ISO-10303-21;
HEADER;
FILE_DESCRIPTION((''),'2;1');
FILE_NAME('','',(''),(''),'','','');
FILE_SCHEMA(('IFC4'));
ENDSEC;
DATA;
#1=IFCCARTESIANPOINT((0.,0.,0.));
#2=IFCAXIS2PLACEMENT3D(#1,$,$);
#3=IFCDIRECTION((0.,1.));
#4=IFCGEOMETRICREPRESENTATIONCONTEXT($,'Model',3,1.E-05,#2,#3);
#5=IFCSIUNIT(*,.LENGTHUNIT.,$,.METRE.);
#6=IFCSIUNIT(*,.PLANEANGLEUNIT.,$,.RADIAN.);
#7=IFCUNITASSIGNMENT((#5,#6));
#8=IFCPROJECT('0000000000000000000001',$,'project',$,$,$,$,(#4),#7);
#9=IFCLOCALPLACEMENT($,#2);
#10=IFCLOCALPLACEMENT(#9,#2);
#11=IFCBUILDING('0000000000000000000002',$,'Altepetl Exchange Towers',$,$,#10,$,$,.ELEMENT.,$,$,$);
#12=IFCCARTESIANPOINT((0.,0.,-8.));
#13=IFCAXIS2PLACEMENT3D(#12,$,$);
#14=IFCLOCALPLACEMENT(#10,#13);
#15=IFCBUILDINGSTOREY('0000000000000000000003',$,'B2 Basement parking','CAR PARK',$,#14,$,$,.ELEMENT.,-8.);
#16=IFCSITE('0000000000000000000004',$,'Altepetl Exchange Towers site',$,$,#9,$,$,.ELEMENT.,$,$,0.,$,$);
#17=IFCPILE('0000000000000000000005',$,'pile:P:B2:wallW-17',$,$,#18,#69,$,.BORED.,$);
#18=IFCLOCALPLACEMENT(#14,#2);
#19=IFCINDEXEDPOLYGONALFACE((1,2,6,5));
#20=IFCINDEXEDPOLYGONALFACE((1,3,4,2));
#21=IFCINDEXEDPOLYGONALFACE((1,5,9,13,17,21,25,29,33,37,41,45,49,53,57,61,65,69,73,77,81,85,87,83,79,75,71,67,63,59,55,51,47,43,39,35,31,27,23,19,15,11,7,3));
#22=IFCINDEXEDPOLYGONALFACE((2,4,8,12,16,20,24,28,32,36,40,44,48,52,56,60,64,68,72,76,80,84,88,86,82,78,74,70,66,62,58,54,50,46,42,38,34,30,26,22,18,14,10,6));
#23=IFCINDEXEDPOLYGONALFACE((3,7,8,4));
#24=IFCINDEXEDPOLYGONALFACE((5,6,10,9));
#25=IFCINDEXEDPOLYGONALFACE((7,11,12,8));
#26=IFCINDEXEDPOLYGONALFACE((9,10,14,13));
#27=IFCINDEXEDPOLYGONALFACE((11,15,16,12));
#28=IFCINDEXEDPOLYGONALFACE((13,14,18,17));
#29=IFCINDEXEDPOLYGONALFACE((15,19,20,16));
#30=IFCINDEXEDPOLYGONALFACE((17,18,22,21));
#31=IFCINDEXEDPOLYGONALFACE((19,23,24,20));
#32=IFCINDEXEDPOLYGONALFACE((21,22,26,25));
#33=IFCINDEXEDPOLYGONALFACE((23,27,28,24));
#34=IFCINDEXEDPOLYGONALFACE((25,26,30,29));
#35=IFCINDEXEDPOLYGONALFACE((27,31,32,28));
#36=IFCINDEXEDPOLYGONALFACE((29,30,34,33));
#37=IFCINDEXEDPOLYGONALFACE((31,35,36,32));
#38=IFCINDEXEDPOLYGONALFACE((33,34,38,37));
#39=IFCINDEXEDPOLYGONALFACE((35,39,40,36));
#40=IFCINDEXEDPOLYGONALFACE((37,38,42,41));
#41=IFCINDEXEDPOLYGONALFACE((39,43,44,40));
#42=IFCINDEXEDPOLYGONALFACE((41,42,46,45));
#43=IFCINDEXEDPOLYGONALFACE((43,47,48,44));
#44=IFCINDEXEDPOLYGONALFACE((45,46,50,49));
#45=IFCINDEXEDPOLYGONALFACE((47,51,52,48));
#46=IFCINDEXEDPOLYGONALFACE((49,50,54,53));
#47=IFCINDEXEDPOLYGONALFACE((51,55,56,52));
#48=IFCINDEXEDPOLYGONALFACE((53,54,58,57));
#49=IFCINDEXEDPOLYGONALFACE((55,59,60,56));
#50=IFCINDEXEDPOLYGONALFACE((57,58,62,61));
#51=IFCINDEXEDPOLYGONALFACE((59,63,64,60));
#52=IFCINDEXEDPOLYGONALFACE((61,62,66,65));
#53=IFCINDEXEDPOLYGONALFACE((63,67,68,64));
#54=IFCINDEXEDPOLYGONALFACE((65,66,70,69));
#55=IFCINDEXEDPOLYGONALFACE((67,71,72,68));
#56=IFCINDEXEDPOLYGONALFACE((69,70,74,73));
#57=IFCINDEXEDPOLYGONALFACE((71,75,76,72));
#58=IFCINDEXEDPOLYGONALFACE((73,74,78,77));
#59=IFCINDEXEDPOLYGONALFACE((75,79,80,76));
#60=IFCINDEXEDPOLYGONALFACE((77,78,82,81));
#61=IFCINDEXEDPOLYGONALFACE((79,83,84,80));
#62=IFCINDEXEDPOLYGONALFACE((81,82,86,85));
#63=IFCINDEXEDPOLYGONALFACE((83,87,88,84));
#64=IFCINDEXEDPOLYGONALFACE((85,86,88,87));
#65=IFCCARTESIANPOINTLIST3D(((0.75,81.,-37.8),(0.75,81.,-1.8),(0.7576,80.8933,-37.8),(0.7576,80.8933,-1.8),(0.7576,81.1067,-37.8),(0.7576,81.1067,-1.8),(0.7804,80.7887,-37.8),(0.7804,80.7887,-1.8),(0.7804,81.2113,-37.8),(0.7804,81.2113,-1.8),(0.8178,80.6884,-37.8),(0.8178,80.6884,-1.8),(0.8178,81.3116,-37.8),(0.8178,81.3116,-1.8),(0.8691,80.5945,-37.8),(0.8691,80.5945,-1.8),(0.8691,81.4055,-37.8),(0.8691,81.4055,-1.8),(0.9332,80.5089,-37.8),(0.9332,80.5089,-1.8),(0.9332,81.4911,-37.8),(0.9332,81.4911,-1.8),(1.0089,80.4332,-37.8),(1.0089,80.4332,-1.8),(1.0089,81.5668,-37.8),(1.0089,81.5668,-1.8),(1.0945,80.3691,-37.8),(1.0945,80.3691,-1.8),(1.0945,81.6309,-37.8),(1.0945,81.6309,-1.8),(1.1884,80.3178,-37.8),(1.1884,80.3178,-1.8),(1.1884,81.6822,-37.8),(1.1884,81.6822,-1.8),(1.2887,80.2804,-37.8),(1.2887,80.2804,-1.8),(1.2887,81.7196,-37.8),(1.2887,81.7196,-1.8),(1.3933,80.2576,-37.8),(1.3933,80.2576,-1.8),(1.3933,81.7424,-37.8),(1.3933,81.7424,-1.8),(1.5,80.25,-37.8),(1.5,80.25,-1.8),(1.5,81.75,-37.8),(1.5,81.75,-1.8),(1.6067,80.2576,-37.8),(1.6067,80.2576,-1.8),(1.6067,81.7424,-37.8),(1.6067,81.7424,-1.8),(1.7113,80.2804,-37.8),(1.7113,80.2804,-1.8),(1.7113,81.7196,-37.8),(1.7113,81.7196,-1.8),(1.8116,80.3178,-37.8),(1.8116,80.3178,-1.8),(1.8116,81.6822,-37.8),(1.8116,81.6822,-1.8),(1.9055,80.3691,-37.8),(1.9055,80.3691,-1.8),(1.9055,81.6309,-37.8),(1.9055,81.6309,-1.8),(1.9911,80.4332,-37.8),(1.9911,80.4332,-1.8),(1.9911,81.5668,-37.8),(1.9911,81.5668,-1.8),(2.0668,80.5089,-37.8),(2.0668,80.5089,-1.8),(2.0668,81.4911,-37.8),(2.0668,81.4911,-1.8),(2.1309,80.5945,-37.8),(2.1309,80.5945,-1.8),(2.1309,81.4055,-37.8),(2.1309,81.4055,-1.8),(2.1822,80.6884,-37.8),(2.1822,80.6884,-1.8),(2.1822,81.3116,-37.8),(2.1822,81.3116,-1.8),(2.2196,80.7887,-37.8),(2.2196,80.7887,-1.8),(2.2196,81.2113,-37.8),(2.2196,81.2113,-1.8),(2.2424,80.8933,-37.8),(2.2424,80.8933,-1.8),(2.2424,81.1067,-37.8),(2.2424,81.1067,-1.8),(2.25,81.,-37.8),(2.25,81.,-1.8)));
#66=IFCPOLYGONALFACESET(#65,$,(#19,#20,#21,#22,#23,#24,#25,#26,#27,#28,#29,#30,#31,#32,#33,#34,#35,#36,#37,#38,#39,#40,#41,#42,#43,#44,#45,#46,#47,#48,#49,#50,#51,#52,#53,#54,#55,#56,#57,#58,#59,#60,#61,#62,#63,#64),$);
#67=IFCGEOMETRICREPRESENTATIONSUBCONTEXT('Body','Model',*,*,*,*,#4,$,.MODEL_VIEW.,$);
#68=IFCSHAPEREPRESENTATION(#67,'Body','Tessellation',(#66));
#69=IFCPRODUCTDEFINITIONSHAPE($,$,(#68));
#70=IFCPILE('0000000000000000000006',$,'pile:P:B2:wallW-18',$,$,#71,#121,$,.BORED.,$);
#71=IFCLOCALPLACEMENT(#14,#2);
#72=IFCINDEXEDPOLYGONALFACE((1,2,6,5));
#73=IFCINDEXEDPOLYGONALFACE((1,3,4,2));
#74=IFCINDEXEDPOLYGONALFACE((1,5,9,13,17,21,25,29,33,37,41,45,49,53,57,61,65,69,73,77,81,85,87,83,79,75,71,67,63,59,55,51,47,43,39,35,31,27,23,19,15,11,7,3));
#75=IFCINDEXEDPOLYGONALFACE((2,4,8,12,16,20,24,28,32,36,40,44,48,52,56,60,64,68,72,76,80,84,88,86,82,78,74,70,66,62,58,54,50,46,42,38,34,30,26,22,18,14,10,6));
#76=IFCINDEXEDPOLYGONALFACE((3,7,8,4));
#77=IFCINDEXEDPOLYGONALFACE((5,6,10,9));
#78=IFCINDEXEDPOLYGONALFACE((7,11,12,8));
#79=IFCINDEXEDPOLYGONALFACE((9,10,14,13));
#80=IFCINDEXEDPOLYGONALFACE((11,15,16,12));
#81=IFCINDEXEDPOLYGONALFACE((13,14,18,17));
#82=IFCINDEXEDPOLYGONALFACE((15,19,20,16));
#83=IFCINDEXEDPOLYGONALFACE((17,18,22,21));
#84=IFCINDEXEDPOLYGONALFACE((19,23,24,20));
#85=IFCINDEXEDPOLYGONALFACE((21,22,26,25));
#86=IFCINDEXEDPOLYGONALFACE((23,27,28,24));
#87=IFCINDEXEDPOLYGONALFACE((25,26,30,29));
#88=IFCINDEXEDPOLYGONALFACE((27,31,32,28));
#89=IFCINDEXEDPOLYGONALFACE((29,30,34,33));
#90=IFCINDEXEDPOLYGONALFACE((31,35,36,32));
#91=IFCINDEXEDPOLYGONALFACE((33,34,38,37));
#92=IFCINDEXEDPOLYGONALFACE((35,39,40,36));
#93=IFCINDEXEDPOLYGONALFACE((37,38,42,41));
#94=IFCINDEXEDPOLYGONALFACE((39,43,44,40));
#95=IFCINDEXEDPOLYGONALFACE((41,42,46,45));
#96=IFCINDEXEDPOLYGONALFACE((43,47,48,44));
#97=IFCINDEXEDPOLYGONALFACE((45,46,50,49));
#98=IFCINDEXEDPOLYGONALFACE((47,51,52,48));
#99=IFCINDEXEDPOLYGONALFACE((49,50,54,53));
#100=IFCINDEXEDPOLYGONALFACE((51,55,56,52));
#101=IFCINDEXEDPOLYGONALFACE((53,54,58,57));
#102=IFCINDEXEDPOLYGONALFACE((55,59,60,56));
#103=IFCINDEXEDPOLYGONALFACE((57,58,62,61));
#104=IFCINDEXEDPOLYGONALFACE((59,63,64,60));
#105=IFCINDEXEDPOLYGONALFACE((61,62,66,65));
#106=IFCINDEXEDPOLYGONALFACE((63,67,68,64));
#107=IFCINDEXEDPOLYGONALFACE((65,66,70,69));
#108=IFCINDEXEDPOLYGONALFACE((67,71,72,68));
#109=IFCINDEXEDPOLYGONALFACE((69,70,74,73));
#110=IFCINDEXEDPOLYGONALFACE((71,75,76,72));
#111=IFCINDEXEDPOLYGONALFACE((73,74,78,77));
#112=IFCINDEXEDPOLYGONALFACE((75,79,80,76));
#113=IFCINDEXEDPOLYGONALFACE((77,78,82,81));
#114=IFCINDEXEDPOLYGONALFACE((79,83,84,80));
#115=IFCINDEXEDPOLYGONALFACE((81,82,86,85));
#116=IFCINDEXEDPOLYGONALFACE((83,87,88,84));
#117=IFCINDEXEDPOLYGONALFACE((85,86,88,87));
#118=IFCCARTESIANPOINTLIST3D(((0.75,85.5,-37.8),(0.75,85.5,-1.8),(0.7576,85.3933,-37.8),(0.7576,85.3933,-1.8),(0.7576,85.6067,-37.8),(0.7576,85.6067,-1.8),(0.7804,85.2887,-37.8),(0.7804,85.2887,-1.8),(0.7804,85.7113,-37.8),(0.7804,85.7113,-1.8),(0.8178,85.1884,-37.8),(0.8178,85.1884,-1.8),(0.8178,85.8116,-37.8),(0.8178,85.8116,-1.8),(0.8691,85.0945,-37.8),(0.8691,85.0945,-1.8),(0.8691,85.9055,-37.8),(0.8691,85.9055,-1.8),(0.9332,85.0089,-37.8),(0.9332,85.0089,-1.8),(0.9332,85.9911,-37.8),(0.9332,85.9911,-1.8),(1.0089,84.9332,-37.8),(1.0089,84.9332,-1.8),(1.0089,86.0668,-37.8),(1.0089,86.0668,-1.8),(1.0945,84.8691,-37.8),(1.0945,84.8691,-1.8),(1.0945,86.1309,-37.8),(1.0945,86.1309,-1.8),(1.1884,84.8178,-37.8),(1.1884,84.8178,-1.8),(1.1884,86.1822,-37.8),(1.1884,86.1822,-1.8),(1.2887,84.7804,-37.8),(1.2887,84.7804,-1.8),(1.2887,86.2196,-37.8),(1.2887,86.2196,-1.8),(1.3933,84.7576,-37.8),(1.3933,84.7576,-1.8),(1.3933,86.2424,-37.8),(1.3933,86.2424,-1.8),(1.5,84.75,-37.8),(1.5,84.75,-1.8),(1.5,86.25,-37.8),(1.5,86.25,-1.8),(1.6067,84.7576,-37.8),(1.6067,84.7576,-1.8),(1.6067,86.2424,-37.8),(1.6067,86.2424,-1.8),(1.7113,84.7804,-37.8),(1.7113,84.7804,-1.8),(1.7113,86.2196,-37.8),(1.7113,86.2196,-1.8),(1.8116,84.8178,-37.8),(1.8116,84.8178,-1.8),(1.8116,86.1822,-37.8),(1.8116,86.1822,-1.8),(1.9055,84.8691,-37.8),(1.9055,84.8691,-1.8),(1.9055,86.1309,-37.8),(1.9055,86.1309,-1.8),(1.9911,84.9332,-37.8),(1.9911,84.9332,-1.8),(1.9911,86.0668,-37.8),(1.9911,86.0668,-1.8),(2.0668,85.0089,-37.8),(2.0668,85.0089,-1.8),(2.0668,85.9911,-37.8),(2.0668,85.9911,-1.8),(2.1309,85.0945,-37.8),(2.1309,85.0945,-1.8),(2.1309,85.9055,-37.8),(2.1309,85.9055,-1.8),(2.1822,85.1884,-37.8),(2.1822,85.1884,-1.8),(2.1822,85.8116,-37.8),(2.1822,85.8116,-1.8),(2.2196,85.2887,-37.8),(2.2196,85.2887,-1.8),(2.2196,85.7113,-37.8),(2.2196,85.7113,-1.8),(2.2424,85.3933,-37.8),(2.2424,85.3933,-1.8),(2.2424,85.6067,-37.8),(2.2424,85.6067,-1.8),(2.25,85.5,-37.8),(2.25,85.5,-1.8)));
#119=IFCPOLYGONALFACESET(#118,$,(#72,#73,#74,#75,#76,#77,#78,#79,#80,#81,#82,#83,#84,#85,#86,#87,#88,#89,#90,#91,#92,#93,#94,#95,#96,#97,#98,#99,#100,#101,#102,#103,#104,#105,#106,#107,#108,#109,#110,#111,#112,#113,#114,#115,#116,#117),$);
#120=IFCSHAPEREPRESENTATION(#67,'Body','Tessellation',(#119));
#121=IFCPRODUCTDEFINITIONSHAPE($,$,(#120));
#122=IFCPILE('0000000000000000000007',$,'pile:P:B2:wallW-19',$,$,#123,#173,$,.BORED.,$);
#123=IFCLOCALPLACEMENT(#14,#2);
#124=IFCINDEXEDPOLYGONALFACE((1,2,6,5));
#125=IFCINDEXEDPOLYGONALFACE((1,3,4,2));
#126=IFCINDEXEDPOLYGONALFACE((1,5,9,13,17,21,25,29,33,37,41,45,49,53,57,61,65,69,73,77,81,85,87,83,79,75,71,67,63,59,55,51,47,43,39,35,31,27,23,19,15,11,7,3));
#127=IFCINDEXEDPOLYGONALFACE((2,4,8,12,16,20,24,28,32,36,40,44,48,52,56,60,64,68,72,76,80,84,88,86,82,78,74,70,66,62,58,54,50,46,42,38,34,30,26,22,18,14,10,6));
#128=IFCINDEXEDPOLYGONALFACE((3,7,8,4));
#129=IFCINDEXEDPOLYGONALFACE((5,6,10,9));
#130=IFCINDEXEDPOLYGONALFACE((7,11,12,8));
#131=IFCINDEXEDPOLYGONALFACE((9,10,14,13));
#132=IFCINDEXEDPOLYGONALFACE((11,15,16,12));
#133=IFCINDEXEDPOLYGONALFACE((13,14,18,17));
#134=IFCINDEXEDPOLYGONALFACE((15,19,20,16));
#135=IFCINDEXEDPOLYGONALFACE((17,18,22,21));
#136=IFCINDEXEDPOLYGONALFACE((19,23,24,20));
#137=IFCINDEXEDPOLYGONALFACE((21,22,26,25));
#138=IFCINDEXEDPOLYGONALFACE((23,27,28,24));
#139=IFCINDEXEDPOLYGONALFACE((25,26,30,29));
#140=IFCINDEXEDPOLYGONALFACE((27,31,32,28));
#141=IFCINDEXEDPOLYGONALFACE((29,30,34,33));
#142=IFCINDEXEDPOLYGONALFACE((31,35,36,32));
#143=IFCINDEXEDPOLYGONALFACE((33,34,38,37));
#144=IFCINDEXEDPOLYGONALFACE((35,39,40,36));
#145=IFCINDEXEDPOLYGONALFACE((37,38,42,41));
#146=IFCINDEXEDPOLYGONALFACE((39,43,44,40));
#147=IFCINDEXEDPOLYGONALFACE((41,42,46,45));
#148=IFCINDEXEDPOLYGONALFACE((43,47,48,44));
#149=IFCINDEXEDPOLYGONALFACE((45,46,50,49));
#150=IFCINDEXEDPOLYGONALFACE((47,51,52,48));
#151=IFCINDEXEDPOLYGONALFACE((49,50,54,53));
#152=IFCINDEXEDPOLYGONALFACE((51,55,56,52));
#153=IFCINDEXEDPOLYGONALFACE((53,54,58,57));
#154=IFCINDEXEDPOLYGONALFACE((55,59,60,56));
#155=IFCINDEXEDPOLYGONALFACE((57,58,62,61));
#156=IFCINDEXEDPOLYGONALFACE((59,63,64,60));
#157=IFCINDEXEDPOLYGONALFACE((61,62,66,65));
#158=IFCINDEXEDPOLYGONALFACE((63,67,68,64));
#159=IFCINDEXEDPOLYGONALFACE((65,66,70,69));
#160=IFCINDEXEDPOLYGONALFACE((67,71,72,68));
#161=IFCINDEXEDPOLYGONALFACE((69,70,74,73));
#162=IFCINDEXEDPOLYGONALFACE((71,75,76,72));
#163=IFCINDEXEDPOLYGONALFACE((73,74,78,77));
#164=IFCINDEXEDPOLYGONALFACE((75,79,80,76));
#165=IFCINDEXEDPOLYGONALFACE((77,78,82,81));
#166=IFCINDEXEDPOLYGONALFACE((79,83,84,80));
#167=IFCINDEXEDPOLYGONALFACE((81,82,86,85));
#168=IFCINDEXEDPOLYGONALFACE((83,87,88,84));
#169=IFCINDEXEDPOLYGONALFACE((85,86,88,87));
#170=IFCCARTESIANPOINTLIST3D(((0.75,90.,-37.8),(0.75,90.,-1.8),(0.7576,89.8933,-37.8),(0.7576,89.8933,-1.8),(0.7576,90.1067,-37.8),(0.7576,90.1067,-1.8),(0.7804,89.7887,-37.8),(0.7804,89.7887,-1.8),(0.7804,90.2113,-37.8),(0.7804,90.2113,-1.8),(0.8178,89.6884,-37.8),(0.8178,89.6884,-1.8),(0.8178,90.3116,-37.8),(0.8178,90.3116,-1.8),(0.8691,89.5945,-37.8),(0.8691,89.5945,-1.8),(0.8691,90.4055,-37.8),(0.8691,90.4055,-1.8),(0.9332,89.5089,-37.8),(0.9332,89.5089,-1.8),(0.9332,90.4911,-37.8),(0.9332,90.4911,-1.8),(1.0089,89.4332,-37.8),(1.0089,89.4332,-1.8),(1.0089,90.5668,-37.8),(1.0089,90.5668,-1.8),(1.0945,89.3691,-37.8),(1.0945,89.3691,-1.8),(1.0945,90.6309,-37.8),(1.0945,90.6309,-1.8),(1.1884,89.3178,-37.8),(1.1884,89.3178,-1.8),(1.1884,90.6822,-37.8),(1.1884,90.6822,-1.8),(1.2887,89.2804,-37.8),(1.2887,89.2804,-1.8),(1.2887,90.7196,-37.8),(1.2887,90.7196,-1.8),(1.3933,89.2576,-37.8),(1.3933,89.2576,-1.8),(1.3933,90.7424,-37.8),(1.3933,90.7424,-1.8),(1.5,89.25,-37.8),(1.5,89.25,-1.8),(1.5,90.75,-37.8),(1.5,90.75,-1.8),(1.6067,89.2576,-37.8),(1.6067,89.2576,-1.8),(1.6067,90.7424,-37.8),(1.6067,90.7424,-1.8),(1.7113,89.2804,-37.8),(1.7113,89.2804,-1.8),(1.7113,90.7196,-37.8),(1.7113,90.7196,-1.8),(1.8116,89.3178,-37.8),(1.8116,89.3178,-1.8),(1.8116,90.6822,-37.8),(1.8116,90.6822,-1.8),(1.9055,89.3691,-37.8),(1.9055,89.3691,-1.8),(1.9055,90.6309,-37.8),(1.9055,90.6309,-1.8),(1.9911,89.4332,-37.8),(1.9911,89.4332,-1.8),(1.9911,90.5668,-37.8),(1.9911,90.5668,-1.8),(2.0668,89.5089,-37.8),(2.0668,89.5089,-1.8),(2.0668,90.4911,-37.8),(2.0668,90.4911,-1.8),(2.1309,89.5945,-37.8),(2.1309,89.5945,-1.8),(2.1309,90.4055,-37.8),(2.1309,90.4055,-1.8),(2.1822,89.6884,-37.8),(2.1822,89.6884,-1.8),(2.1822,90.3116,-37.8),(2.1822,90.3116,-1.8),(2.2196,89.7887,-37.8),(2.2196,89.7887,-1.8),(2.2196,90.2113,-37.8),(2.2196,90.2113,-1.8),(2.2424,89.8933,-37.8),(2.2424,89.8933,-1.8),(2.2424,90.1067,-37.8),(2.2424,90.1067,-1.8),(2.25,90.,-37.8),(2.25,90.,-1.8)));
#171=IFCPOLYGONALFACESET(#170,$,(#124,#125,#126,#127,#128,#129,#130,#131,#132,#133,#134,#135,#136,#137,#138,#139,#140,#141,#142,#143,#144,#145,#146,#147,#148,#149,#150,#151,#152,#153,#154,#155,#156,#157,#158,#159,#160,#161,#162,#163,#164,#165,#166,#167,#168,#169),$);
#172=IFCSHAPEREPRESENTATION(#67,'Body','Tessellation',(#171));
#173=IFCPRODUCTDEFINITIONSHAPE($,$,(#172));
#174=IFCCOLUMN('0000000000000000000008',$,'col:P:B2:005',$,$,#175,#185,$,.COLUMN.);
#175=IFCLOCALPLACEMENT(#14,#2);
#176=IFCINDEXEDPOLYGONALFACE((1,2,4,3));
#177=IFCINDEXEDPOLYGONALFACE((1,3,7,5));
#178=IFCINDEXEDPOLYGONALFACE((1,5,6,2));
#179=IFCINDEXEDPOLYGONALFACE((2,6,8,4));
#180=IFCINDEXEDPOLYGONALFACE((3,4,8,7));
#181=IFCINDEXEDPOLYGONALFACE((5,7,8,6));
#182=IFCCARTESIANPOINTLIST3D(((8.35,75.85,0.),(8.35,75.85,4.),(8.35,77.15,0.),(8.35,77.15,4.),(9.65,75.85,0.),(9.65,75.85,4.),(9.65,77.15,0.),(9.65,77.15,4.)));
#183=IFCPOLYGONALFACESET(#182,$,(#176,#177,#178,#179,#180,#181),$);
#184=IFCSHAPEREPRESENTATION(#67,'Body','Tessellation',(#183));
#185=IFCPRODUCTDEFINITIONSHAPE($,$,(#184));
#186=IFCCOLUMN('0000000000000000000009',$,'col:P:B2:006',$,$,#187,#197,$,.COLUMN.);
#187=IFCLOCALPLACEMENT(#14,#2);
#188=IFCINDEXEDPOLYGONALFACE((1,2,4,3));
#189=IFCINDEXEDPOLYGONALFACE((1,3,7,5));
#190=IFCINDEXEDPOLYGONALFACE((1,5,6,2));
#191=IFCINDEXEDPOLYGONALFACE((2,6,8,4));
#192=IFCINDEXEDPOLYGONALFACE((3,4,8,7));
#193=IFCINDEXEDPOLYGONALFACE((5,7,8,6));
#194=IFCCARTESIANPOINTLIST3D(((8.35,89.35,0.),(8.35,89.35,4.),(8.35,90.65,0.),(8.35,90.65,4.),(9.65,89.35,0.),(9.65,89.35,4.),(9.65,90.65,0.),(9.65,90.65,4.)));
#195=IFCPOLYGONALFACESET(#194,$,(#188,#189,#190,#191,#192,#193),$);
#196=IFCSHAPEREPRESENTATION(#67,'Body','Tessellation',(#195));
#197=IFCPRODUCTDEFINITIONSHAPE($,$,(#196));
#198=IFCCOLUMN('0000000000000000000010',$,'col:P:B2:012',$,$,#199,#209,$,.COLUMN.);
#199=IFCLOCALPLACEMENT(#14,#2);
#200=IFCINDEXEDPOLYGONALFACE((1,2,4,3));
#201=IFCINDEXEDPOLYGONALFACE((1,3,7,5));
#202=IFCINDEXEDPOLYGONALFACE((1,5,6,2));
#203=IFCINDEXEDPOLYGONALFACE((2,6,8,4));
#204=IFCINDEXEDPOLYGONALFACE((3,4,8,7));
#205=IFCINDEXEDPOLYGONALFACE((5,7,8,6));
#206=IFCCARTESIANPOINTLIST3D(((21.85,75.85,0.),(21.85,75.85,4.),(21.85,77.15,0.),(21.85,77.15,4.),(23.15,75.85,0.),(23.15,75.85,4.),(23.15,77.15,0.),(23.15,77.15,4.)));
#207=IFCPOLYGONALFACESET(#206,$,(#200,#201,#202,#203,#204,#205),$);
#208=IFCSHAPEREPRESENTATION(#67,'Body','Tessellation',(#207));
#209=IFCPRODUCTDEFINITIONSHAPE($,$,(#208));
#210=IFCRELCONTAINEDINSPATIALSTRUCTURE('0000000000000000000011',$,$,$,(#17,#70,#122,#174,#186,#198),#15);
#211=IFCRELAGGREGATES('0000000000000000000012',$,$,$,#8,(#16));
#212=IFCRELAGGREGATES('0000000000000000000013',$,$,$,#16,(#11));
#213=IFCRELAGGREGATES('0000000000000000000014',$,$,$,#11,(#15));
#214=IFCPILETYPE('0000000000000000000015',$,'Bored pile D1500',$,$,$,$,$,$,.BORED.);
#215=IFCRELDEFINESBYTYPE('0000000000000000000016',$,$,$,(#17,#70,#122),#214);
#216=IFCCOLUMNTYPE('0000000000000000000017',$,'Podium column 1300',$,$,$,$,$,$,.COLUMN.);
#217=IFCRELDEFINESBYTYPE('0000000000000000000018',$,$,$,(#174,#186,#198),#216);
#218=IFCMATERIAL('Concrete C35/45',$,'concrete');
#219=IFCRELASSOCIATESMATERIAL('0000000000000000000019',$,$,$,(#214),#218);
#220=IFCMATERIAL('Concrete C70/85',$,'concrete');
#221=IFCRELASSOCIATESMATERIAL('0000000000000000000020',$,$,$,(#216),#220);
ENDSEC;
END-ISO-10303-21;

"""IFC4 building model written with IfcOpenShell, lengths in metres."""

from ifc_helpers import new_model, si_unit, direction, frame, origin, origin_2d, place, context, subcontext, project, spatial, rectangle, circle, extrude, material, material_profile, profile_set, type_object, element, save


model = new_model("IFC4")

# Units and contexts
model_context = context("Model", 3, precision=1e-05, world=origin(), true_north=direction((0.0, 1.0)))
body_context = subcontext(model_context, "Body", "Model", "MODEL_VIEW")
ifc_project = project(units=[si_unit("LENGTHUNIT", "METRE"), si_unit("PLANEANGLEUNIT", "RADIAN")], contexts=[model_context])

# Site, building, storey
site_placement = place(None, origin())
site = spatial("IfcSite", under=ifc_project, at=site_placement, Name="Altepetl Exchange Towers site", CompositionType="ELEMENT", RefElevation=0.0)
building_placement = place(site_placement, origin())
building = spatial("IfcBuilding", under=site, at=building_placement, Name="Altepetl Exchange Towers", CompositionType="ELEMENT")
storey_placement = place(building_placement, frame((0.0, 0.0, -8.0)))
storey = spatial("IfcBuildingStorey", under=building, at=storey_placement, Name="B2 Basement parking", Description="CAR PARK", CompositionType="ELEMENT", Elevation=-8.0)

# Piles
ifc_material_1 = material(Name="Concrete C35/45", Category="concrete")
ifc_material_profile_1 = material_profile(ifc_material_1, circle(Radius=0.75, at=origin_2d()), Name="D1500")
ifc_profile_set_1 = profile_set([ifc_material_profile_1], Name="Concrete C35/45")
pile_type_1 = type_object("IfcPileType", Name="Bored pile D1500", PredefinedType="BORED", material=ifc_profile_set_1)
for number, where, z_axis, x_axis, name in (
    (1, (1.5, 81.0, -1.8), (0.0, 0.0, -1.0), (1.0, 0.0, 0.0), "pile:P:B2:wallW-17"),
    (2, (1.5, 85.5, -1.8), (0.0, 0.0, -1.0), (1.0, 0.0, 0.0), "pile:P:B2:wallW-18"),
    (3, (1.5, 90.0, -1.8), (0.0, 0.0, -1.0), (1.0, 0.0, 0.0), "pile:P:B2:wallW-19"),
):
    element("IfcPile", number, at=place(storey_placement, frame(where, z_axis=z_axis, x_axis=x_axis)), inside=storey, type_object=pile_type_1, Name=name, PredefinedType="BORED", context=body_context, shape_type="SweptSolid", body=[
        extrude(circle(Radius=0.75, at=origin_2d()), origin(), (0.0, 0.0, 1.0), 36.0),
    ])

# Columns
ifc_material_2 = material(Name="Concrete C70/85", Category="concrete")
ifc_material_profile_2 = material_profile(ifc_material_2, rectangle(XDim=1.3, YDim=1.3, at=origin_2d()), Name="1300 x 1300")
ifc_profile_set_2 = profile_set([ifc_material_profile_2], Name="Concrete C70/85")
column_type = type_object("IfcColumnType", Name="Podium column 1300", PredefinedType="COLUMN", material=ifc_profile_set_2)
for number, where, name in (
    (4, (9.0, 76.5, 0.0), "col:P:B2:005"),
    (5, (9.0, 90.0, 0.0), "col:P:B2:006"),
    (6, (22.5, 76.5, 0.0), "col:P:B2:012"),
):
    element("IfcColumn", number, at=place(storey_placement, frame(where)), inside=storey, type_object=column_type, Name=name, PredefinedType="COLUMN", context=body_context, shape_type="SweptSolid", body=[
        extrude(rectangle(XDim=1.3, YDim=1.3, at=origin_2d()), origin(), (0.0, 0.0, 1.0), 4.0),
    ])

save(model, "model.ifc")
